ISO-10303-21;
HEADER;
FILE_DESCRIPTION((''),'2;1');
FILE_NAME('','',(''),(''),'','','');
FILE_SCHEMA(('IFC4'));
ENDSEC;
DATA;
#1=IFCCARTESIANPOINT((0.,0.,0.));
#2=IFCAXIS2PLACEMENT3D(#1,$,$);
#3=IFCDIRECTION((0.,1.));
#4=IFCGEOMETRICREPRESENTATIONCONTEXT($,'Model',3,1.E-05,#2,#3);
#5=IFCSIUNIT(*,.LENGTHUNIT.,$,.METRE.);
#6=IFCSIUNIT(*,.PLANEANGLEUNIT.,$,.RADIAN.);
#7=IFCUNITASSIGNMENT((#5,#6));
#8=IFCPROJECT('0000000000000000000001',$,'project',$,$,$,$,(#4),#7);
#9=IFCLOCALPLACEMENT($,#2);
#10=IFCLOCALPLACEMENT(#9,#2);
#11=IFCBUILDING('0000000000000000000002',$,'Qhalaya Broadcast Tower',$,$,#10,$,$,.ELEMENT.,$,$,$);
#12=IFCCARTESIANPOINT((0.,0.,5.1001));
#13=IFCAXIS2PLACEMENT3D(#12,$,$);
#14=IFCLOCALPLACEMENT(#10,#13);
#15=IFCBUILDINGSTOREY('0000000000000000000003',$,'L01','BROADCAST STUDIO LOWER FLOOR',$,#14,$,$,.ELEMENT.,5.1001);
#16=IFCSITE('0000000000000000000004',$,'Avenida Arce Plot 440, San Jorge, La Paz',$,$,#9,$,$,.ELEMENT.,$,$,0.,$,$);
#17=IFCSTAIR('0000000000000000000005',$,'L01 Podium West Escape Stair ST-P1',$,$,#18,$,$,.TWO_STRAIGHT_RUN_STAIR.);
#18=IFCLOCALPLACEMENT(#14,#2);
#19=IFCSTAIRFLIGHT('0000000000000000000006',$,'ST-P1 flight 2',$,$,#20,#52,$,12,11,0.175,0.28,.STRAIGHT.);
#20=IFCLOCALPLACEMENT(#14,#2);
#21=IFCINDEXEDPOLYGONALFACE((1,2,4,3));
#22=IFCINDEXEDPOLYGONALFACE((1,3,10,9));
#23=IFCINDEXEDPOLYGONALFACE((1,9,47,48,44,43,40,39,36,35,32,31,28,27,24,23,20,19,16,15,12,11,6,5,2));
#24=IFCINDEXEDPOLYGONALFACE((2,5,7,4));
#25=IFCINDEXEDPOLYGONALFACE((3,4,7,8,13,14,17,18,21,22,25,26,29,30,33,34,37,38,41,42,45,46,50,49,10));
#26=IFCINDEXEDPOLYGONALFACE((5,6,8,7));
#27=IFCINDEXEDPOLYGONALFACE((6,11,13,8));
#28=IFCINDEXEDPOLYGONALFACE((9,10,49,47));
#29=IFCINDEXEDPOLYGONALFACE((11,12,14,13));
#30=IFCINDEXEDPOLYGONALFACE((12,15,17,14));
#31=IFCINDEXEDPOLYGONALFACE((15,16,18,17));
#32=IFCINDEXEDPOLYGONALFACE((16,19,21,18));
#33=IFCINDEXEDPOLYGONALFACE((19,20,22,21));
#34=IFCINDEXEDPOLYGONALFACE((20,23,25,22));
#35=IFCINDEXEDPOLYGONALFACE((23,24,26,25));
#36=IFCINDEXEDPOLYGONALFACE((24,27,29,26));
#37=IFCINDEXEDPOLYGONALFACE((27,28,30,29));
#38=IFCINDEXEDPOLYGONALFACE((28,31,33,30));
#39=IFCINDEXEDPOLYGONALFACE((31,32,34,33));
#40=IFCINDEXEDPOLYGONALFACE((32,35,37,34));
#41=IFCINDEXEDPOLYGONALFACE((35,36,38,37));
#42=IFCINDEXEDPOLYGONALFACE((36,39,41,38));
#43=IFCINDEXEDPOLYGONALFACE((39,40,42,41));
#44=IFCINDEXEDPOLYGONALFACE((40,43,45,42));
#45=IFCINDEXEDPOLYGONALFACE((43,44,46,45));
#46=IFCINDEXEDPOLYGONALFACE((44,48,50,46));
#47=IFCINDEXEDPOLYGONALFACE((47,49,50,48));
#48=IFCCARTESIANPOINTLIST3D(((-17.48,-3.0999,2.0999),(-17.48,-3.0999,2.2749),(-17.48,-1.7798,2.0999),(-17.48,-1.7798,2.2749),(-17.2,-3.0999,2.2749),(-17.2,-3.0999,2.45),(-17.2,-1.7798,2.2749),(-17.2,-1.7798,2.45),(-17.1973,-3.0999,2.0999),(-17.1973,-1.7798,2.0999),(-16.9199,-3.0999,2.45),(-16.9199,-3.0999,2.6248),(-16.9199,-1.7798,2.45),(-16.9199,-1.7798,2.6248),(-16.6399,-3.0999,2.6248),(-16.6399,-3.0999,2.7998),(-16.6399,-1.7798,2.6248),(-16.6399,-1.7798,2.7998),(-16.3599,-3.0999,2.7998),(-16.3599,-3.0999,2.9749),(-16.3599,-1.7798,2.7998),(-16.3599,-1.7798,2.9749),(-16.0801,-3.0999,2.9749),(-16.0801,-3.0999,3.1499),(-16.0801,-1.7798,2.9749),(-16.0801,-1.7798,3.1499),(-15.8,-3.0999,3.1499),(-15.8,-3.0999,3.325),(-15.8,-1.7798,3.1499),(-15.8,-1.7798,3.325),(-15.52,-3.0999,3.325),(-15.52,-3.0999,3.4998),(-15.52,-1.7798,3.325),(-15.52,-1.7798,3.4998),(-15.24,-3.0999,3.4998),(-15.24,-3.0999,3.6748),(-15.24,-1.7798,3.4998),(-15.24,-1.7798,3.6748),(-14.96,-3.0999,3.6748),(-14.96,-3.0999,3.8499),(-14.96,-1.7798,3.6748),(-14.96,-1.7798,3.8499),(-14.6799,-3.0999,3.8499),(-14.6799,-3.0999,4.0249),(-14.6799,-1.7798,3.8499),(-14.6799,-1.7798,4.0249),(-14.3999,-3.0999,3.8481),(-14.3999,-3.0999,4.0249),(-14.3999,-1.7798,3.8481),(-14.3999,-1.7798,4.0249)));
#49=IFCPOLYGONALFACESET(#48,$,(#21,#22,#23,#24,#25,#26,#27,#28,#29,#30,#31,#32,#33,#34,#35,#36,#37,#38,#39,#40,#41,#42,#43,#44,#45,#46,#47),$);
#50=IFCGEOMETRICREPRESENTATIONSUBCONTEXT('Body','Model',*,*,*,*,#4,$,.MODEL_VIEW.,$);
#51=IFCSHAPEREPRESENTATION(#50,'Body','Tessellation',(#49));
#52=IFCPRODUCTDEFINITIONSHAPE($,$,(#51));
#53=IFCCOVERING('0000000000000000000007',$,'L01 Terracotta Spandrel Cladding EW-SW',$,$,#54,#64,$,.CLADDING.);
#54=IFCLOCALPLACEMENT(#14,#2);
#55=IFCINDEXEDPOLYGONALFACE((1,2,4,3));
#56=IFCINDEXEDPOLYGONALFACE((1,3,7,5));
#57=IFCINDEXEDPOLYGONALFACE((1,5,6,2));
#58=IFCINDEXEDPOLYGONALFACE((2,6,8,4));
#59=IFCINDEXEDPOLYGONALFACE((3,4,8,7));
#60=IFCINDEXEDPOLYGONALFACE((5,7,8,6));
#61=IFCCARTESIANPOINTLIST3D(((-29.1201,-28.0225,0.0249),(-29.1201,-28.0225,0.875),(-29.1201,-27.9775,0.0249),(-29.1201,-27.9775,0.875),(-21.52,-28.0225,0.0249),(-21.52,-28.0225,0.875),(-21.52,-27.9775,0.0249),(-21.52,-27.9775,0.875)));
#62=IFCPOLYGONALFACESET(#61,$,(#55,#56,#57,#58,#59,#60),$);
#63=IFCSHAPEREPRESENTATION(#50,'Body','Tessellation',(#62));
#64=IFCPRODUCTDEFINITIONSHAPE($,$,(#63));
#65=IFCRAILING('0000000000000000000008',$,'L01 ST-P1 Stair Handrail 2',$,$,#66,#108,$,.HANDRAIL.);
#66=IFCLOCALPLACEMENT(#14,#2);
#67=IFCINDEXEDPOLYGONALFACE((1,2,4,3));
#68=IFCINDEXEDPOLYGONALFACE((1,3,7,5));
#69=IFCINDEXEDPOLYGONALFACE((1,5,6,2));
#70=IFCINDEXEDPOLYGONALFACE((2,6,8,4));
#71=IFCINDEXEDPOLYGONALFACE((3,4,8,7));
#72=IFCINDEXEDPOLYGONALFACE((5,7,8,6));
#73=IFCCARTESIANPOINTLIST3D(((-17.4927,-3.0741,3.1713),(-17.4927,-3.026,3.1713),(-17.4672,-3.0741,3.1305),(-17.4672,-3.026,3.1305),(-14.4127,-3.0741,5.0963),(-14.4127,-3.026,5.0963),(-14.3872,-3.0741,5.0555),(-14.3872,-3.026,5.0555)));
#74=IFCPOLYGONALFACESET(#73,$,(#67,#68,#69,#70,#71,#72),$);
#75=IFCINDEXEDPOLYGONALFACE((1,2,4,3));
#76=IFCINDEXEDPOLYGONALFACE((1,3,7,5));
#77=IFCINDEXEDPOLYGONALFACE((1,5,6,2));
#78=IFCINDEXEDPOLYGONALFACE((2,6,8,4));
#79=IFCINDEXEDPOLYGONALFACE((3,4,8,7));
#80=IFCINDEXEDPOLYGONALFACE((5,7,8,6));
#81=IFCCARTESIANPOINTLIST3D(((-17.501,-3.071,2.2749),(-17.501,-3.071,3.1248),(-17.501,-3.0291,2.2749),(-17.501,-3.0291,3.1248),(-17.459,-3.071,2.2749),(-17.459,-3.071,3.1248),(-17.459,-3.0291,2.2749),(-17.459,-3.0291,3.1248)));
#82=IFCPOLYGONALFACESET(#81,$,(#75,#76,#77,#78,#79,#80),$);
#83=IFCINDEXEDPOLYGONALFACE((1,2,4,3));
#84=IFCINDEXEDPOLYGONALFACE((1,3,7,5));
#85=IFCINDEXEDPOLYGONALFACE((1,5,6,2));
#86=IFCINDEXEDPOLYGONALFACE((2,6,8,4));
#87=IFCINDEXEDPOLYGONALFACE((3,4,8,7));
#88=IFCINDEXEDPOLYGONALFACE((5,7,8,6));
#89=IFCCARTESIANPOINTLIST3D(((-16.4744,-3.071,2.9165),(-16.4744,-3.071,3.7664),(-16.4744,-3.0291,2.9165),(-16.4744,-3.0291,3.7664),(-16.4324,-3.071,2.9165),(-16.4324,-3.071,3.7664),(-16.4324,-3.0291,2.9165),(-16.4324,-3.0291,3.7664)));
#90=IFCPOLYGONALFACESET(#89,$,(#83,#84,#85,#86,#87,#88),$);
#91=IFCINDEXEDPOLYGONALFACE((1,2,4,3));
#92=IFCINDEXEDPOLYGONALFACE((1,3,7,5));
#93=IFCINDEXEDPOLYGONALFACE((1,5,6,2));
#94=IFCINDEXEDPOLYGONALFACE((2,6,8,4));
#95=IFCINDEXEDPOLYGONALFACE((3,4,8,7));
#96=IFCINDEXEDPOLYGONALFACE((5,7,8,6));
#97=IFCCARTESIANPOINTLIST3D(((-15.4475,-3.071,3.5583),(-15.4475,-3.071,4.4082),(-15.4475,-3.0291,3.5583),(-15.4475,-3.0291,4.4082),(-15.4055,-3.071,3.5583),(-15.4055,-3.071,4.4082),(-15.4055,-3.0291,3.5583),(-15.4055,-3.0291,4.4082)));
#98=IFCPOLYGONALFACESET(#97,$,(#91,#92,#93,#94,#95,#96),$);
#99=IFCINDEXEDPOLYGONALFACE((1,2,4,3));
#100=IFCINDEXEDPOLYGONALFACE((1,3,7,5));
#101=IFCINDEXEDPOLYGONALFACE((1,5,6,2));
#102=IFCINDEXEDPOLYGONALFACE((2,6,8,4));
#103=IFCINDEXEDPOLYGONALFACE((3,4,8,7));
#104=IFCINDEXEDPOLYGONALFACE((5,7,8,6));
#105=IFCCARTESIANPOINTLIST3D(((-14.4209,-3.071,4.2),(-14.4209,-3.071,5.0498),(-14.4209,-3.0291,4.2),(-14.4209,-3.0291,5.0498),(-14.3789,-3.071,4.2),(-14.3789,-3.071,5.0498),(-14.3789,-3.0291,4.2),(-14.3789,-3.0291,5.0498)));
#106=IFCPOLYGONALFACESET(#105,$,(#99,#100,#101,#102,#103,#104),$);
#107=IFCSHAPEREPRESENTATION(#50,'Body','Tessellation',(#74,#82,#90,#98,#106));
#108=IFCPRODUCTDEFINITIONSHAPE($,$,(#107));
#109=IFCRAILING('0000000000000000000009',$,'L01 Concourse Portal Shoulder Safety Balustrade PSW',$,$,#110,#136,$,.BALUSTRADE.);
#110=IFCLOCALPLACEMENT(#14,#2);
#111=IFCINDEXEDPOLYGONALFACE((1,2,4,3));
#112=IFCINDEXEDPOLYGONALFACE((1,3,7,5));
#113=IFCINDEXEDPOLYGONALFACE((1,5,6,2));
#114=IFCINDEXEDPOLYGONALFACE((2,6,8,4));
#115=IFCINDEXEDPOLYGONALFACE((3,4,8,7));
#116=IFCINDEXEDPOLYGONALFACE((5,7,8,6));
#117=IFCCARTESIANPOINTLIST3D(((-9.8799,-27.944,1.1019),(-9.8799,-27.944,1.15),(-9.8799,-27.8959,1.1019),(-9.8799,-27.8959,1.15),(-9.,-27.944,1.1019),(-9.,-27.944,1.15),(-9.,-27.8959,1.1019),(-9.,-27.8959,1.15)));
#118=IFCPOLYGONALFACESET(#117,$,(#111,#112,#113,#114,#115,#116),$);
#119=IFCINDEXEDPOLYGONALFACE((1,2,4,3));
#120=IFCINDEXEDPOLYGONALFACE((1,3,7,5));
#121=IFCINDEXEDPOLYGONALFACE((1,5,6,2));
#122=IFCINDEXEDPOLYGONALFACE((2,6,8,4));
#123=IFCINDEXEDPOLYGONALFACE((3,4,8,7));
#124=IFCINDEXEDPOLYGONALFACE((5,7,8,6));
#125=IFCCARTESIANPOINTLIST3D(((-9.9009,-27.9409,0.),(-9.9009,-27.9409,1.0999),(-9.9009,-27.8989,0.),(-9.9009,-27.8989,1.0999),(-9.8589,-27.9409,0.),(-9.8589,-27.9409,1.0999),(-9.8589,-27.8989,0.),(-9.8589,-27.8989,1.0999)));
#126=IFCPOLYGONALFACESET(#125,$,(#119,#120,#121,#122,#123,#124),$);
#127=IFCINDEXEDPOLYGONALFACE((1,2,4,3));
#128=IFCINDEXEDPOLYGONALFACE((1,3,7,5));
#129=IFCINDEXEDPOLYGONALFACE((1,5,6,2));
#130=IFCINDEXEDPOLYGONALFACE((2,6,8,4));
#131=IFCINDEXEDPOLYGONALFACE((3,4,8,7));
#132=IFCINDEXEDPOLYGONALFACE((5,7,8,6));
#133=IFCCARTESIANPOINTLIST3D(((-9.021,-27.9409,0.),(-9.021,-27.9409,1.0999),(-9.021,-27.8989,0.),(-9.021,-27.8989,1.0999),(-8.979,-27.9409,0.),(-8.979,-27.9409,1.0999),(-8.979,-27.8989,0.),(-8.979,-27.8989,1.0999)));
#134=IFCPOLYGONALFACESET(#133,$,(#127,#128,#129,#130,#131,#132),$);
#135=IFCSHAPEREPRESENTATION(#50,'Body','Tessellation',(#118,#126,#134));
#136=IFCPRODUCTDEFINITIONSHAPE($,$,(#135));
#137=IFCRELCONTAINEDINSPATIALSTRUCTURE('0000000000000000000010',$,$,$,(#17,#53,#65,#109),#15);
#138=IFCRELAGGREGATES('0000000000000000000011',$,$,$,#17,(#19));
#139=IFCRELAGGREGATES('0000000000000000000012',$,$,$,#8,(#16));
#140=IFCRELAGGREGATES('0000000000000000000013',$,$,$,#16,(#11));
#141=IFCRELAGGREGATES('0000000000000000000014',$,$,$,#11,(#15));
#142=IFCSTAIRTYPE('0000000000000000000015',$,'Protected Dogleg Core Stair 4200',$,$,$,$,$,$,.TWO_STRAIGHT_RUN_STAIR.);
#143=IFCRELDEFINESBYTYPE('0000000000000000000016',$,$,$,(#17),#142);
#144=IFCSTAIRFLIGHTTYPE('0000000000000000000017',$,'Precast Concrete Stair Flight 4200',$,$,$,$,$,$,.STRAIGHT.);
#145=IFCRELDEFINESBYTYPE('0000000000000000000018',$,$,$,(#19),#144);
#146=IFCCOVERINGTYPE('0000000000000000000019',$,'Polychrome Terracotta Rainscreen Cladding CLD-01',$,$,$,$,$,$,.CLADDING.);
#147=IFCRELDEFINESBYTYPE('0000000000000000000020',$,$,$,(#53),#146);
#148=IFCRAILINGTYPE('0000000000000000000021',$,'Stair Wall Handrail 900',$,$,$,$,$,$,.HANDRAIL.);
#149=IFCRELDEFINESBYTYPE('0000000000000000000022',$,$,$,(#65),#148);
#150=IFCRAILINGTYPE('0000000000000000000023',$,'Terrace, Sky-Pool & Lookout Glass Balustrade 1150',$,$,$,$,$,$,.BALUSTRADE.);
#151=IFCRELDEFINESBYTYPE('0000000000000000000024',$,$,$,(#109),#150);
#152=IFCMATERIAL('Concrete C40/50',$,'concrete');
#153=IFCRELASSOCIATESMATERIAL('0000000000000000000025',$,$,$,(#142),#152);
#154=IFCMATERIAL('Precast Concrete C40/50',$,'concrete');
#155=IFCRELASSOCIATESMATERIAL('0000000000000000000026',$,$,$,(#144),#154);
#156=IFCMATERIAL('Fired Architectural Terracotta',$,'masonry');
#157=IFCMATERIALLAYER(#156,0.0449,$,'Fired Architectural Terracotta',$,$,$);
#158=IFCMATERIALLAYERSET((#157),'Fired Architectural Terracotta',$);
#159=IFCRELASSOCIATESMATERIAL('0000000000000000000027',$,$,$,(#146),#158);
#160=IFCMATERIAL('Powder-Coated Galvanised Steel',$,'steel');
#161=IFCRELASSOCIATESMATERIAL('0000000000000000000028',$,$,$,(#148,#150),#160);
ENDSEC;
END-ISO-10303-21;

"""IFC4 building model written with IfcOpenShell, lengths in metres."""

from ifc_helpers import new_model, si_unit, direction, frame, origin, origin_2d, place, context, subcontext, project, spatial, polyline, rectangle, outline, extrude, material, layer, layer_set, type_object, element, aggregate, save


model = new_model("IFC4")

# Units and contexts
model_context = context("Model", 3, precision=1e-05, world=origin(), true_north=direction((0.0, 1.0)))
body_context = subcontext(model_context, "Body", "Model", "MODEL_VIEW")
ifc_project = project(units=[si_unit("LENGTHUNIT", "METRE"), si_unit("PLANEANGLEUNIT", "RADIAN")], contexts=[model_context])

# Site, building, storey
site_placement = place(None, origin())
site = spatial("IfcSite", under=ifc_project, at=site_placement, Name="Avenida Arce Plot 440, San Jorge, La Paz", CompositionType="ELEMENT", RefElevation=0.0)
building_placement = place(site_placement, origin())
building = spatial("IfcBuilding", under=site, at=building_placement, Name="Qhalaya Broadcast Tower", CompositionType="ELEMENT")
storey_placement = place(building_placement, frame((0.0, 0.0, 5.1001)))
storey = spatial("IfcBuildingStorey", under=building, at=storey_placement, Name="L01", Description="BROADCAST STUDIO LOWER FLOOR", CompositionType="ELEMENT", Elevation=5.1001)

# Shared definitions
ifc_material_1 = material(Name="Precast Concrete C40/50", Category="concrete")

# Stair, stair flight
ifc_material_2 = material(Name="Concrete C40/50", Category="concrete")
stair_type = type_object("IfcStairType", Name="Protected Dogleg Core Stair 4200", PredefinedType="TWO_STRAIGHT_RUN_STAIR", material=ifc_material_2)
stair_placement = place(storey_placement, origin())
stair = element("IfcStair", 1, at=stair_placement, inside=storey, type_object=stair_type, Name="L01 Podium West Escape Stair ST-P1", PredefinedType="TWO_STRAIGHT_RUN_STAIR")
stair_flight_type = type_object("IfcStairFlightType", Name="Precast Concrete Stair Flight 4200", PredefinedType="STRAIGHT", material=ifc_material_1)
stair_flight_placement = place(storey_placement, frame((-17.48, -2.4399, 2.0999), z_axis=(0.0, 0.0, 1.0), x_axis=(1.0, 0.0, 0.0)))
stair_flight = element("IfcStairFlight", 2, at=stair_flight_placement, type_object=stair_flight_type, Name="ST-P1 flight 2", NumberOfRisers=12, NumberOfTreads=11, PredefinedType="STRAIGHT", RiserHeight=0.175, TreadLength=0.28, context=body_context, shape_type="SweptSolid", body=[
    extrude(outline(polyline([(0.0, 0.0), (0.0, 0.175), (0.28, 0.175), (0.28, 0.3501), (0.5601, 0.3501), (0.5601, 0.5249), (0.8401, 0.5249), (0.8401, 0.7), (1.1201, 0.7), (1.1201, 0.875), (1.3999, 0.875), (1.3999, 1.05), (1.6799, 1.05), (1.6799, 1.2251), (1.96, 1.2251), (1.96, 1.3999), (2.24, 1.3999), (2.24, 1.575), (2.52, 1.575), (2.52, 1.75), (2.8, 1.75), (2.8, 1.925), (3.0801, 1.925), (3.0801, 2.1001), (3.0801, 1.7483), (0.2827, 0.0), (0.0, 0.0)])), frame((0.0, 0.6602, 0.0), z_axis=(0.0, -1.0, 0.0), x_axis=(1.0, 0.0, 0.0)), (0.0, 0.0, 1.0), 1.3201),
])
aggregate(stair, [stair_flight])

# Covering
ifc_material_3 = material(Name="Fired Architectural Terracotta", Category="masonry")
ifc_layer_1 = layer(ifc_material_3, 0.0449, Name="Fired Architectural Terracotta")
ifc_layer_set_1 = layer_set([ifc_layer_1], Name="Fired Architectural Terracotta")
covering_type = type_object("IfcCoveringType", Name="Polychrome Terracotta Rainscreen Cladding CLD-01", PredefinedType="CLADDING", material=ifc_layer_set_1)
covering_placement = place(storey_placement, frame((-25.3201, -28.0, 0.0249), z_axis=(0.0, 0.0, 1.0), x_axis=(-1.0, 0.0, 0.0)))
element("IfcCovering", 3, at=covering_placement, inside=storey, type_object=covering_type, Name="L01 Terracotta Spandrel Cladding EW-SW", PredefinedType="CLADDING", context=body_context, shape_type="SweptSolid", body=[
    extrude(rectangle(XDim=7.6001, YDim=0.0449, at=origin_2d()), origin(), (0.0, 0.0, 1.0), 0.8501),
])

# Railings
ifc_material_4 = material(Name="Powder-Coated Galvanised Steel", Category="steel")
railing_type_1 = type_object("IfcRailingType", Name="Stair Wall Handrail 900", PredefinedType="HANDRAIL", material=ifc_material_4)
railing_1_placement = place(storey_placement, frame((-17.48, -3.05, 2.2749)))
element("IfcRailing", 4, at=railing_1_placement, inside=storey, type_object=railing_type_1, Name="L01 ST-P1 Stair Handrail 2", PredefinedType="HANDRAIL", context=body_context, shape_type="SweptSolid", body=[
    extrude(rectangle(XDim=0.0481, YDim=0.0481, at=origin_2d()), frame((0.0, 0.0, 0.876), z_axis=(0.847998, 0.0, 0.529999), x_axis=(0.0, 1.0, 0.0)), (0.0, 0.0, 1.0), 3.6321),
    extrude(rectangle(XDim=0.042, YDim=0.042, at=origin_2d()), origin(), (0.0, 0.0, 1.0), 0.8499),
    extrude(rectangle(XDim=0.042, YDim=0.042, at=origin_2d()), frame((1.0266, 0.0, 0.6416)), (0.0, 0.0, 1.0), 0.8499),
    extrude(rectangle(XDim=0.042, YDim=0.042, at=origin_2d()), frame((2.0535, 0.0, 1.2834)), (0.0, 0.0, 1.0), 0.8499),
    extrude(rectangle(XDim=0.042, YDim=0.042, at=origin_2d()), frame((3.0801, 0.0, 1.925)), (0.0, 0.0, 1.0), 0.8499),
])
railing_type_2 = type_object("IfcRailingType", Name="Terrace, Sky-Pool & Lookout Glass Balustrade 1150", PredefinedType="BALUSTRADE", material=ifc_material_4)
railing_2_placement = place(storey_placement, frame((-9.8799, -27.9199, 0.0)))
element("IfcRailing", 5, at=railing_2_placement, inside=storey, type_object=railing_type_2, Name="L01 Concourse Portal Shoulder Safety Balustrade PSW", PredefinedType="BALUSTRADE", context=body_context, shape_type="SweptSolid", body=[
    extrude(rectangle(XDim=0.0481, YDim=0.0481, at=origin_2d()), frame((0.0, 0.0, 1.126), z_axis=(1.0, 0.0, 0.0), x_axis=(0.0, 1.0, 0.0)), (0.0, 0.0, 1.0), 0.8799),
    extrude(rectangle(XDim=0.042, YDim=0.042, at=origin_2d()), origin(), (0.0, 0.0, 1.0), 1.0999),
    extrude(rectangle(XDim=0.042, YDim=0.042, at=origin_2d()), frame((0.8799, 0.0, 0.0)), (0.0, 0.0, 1.0), 1.0999),
])

save(model, "model.ifc")
